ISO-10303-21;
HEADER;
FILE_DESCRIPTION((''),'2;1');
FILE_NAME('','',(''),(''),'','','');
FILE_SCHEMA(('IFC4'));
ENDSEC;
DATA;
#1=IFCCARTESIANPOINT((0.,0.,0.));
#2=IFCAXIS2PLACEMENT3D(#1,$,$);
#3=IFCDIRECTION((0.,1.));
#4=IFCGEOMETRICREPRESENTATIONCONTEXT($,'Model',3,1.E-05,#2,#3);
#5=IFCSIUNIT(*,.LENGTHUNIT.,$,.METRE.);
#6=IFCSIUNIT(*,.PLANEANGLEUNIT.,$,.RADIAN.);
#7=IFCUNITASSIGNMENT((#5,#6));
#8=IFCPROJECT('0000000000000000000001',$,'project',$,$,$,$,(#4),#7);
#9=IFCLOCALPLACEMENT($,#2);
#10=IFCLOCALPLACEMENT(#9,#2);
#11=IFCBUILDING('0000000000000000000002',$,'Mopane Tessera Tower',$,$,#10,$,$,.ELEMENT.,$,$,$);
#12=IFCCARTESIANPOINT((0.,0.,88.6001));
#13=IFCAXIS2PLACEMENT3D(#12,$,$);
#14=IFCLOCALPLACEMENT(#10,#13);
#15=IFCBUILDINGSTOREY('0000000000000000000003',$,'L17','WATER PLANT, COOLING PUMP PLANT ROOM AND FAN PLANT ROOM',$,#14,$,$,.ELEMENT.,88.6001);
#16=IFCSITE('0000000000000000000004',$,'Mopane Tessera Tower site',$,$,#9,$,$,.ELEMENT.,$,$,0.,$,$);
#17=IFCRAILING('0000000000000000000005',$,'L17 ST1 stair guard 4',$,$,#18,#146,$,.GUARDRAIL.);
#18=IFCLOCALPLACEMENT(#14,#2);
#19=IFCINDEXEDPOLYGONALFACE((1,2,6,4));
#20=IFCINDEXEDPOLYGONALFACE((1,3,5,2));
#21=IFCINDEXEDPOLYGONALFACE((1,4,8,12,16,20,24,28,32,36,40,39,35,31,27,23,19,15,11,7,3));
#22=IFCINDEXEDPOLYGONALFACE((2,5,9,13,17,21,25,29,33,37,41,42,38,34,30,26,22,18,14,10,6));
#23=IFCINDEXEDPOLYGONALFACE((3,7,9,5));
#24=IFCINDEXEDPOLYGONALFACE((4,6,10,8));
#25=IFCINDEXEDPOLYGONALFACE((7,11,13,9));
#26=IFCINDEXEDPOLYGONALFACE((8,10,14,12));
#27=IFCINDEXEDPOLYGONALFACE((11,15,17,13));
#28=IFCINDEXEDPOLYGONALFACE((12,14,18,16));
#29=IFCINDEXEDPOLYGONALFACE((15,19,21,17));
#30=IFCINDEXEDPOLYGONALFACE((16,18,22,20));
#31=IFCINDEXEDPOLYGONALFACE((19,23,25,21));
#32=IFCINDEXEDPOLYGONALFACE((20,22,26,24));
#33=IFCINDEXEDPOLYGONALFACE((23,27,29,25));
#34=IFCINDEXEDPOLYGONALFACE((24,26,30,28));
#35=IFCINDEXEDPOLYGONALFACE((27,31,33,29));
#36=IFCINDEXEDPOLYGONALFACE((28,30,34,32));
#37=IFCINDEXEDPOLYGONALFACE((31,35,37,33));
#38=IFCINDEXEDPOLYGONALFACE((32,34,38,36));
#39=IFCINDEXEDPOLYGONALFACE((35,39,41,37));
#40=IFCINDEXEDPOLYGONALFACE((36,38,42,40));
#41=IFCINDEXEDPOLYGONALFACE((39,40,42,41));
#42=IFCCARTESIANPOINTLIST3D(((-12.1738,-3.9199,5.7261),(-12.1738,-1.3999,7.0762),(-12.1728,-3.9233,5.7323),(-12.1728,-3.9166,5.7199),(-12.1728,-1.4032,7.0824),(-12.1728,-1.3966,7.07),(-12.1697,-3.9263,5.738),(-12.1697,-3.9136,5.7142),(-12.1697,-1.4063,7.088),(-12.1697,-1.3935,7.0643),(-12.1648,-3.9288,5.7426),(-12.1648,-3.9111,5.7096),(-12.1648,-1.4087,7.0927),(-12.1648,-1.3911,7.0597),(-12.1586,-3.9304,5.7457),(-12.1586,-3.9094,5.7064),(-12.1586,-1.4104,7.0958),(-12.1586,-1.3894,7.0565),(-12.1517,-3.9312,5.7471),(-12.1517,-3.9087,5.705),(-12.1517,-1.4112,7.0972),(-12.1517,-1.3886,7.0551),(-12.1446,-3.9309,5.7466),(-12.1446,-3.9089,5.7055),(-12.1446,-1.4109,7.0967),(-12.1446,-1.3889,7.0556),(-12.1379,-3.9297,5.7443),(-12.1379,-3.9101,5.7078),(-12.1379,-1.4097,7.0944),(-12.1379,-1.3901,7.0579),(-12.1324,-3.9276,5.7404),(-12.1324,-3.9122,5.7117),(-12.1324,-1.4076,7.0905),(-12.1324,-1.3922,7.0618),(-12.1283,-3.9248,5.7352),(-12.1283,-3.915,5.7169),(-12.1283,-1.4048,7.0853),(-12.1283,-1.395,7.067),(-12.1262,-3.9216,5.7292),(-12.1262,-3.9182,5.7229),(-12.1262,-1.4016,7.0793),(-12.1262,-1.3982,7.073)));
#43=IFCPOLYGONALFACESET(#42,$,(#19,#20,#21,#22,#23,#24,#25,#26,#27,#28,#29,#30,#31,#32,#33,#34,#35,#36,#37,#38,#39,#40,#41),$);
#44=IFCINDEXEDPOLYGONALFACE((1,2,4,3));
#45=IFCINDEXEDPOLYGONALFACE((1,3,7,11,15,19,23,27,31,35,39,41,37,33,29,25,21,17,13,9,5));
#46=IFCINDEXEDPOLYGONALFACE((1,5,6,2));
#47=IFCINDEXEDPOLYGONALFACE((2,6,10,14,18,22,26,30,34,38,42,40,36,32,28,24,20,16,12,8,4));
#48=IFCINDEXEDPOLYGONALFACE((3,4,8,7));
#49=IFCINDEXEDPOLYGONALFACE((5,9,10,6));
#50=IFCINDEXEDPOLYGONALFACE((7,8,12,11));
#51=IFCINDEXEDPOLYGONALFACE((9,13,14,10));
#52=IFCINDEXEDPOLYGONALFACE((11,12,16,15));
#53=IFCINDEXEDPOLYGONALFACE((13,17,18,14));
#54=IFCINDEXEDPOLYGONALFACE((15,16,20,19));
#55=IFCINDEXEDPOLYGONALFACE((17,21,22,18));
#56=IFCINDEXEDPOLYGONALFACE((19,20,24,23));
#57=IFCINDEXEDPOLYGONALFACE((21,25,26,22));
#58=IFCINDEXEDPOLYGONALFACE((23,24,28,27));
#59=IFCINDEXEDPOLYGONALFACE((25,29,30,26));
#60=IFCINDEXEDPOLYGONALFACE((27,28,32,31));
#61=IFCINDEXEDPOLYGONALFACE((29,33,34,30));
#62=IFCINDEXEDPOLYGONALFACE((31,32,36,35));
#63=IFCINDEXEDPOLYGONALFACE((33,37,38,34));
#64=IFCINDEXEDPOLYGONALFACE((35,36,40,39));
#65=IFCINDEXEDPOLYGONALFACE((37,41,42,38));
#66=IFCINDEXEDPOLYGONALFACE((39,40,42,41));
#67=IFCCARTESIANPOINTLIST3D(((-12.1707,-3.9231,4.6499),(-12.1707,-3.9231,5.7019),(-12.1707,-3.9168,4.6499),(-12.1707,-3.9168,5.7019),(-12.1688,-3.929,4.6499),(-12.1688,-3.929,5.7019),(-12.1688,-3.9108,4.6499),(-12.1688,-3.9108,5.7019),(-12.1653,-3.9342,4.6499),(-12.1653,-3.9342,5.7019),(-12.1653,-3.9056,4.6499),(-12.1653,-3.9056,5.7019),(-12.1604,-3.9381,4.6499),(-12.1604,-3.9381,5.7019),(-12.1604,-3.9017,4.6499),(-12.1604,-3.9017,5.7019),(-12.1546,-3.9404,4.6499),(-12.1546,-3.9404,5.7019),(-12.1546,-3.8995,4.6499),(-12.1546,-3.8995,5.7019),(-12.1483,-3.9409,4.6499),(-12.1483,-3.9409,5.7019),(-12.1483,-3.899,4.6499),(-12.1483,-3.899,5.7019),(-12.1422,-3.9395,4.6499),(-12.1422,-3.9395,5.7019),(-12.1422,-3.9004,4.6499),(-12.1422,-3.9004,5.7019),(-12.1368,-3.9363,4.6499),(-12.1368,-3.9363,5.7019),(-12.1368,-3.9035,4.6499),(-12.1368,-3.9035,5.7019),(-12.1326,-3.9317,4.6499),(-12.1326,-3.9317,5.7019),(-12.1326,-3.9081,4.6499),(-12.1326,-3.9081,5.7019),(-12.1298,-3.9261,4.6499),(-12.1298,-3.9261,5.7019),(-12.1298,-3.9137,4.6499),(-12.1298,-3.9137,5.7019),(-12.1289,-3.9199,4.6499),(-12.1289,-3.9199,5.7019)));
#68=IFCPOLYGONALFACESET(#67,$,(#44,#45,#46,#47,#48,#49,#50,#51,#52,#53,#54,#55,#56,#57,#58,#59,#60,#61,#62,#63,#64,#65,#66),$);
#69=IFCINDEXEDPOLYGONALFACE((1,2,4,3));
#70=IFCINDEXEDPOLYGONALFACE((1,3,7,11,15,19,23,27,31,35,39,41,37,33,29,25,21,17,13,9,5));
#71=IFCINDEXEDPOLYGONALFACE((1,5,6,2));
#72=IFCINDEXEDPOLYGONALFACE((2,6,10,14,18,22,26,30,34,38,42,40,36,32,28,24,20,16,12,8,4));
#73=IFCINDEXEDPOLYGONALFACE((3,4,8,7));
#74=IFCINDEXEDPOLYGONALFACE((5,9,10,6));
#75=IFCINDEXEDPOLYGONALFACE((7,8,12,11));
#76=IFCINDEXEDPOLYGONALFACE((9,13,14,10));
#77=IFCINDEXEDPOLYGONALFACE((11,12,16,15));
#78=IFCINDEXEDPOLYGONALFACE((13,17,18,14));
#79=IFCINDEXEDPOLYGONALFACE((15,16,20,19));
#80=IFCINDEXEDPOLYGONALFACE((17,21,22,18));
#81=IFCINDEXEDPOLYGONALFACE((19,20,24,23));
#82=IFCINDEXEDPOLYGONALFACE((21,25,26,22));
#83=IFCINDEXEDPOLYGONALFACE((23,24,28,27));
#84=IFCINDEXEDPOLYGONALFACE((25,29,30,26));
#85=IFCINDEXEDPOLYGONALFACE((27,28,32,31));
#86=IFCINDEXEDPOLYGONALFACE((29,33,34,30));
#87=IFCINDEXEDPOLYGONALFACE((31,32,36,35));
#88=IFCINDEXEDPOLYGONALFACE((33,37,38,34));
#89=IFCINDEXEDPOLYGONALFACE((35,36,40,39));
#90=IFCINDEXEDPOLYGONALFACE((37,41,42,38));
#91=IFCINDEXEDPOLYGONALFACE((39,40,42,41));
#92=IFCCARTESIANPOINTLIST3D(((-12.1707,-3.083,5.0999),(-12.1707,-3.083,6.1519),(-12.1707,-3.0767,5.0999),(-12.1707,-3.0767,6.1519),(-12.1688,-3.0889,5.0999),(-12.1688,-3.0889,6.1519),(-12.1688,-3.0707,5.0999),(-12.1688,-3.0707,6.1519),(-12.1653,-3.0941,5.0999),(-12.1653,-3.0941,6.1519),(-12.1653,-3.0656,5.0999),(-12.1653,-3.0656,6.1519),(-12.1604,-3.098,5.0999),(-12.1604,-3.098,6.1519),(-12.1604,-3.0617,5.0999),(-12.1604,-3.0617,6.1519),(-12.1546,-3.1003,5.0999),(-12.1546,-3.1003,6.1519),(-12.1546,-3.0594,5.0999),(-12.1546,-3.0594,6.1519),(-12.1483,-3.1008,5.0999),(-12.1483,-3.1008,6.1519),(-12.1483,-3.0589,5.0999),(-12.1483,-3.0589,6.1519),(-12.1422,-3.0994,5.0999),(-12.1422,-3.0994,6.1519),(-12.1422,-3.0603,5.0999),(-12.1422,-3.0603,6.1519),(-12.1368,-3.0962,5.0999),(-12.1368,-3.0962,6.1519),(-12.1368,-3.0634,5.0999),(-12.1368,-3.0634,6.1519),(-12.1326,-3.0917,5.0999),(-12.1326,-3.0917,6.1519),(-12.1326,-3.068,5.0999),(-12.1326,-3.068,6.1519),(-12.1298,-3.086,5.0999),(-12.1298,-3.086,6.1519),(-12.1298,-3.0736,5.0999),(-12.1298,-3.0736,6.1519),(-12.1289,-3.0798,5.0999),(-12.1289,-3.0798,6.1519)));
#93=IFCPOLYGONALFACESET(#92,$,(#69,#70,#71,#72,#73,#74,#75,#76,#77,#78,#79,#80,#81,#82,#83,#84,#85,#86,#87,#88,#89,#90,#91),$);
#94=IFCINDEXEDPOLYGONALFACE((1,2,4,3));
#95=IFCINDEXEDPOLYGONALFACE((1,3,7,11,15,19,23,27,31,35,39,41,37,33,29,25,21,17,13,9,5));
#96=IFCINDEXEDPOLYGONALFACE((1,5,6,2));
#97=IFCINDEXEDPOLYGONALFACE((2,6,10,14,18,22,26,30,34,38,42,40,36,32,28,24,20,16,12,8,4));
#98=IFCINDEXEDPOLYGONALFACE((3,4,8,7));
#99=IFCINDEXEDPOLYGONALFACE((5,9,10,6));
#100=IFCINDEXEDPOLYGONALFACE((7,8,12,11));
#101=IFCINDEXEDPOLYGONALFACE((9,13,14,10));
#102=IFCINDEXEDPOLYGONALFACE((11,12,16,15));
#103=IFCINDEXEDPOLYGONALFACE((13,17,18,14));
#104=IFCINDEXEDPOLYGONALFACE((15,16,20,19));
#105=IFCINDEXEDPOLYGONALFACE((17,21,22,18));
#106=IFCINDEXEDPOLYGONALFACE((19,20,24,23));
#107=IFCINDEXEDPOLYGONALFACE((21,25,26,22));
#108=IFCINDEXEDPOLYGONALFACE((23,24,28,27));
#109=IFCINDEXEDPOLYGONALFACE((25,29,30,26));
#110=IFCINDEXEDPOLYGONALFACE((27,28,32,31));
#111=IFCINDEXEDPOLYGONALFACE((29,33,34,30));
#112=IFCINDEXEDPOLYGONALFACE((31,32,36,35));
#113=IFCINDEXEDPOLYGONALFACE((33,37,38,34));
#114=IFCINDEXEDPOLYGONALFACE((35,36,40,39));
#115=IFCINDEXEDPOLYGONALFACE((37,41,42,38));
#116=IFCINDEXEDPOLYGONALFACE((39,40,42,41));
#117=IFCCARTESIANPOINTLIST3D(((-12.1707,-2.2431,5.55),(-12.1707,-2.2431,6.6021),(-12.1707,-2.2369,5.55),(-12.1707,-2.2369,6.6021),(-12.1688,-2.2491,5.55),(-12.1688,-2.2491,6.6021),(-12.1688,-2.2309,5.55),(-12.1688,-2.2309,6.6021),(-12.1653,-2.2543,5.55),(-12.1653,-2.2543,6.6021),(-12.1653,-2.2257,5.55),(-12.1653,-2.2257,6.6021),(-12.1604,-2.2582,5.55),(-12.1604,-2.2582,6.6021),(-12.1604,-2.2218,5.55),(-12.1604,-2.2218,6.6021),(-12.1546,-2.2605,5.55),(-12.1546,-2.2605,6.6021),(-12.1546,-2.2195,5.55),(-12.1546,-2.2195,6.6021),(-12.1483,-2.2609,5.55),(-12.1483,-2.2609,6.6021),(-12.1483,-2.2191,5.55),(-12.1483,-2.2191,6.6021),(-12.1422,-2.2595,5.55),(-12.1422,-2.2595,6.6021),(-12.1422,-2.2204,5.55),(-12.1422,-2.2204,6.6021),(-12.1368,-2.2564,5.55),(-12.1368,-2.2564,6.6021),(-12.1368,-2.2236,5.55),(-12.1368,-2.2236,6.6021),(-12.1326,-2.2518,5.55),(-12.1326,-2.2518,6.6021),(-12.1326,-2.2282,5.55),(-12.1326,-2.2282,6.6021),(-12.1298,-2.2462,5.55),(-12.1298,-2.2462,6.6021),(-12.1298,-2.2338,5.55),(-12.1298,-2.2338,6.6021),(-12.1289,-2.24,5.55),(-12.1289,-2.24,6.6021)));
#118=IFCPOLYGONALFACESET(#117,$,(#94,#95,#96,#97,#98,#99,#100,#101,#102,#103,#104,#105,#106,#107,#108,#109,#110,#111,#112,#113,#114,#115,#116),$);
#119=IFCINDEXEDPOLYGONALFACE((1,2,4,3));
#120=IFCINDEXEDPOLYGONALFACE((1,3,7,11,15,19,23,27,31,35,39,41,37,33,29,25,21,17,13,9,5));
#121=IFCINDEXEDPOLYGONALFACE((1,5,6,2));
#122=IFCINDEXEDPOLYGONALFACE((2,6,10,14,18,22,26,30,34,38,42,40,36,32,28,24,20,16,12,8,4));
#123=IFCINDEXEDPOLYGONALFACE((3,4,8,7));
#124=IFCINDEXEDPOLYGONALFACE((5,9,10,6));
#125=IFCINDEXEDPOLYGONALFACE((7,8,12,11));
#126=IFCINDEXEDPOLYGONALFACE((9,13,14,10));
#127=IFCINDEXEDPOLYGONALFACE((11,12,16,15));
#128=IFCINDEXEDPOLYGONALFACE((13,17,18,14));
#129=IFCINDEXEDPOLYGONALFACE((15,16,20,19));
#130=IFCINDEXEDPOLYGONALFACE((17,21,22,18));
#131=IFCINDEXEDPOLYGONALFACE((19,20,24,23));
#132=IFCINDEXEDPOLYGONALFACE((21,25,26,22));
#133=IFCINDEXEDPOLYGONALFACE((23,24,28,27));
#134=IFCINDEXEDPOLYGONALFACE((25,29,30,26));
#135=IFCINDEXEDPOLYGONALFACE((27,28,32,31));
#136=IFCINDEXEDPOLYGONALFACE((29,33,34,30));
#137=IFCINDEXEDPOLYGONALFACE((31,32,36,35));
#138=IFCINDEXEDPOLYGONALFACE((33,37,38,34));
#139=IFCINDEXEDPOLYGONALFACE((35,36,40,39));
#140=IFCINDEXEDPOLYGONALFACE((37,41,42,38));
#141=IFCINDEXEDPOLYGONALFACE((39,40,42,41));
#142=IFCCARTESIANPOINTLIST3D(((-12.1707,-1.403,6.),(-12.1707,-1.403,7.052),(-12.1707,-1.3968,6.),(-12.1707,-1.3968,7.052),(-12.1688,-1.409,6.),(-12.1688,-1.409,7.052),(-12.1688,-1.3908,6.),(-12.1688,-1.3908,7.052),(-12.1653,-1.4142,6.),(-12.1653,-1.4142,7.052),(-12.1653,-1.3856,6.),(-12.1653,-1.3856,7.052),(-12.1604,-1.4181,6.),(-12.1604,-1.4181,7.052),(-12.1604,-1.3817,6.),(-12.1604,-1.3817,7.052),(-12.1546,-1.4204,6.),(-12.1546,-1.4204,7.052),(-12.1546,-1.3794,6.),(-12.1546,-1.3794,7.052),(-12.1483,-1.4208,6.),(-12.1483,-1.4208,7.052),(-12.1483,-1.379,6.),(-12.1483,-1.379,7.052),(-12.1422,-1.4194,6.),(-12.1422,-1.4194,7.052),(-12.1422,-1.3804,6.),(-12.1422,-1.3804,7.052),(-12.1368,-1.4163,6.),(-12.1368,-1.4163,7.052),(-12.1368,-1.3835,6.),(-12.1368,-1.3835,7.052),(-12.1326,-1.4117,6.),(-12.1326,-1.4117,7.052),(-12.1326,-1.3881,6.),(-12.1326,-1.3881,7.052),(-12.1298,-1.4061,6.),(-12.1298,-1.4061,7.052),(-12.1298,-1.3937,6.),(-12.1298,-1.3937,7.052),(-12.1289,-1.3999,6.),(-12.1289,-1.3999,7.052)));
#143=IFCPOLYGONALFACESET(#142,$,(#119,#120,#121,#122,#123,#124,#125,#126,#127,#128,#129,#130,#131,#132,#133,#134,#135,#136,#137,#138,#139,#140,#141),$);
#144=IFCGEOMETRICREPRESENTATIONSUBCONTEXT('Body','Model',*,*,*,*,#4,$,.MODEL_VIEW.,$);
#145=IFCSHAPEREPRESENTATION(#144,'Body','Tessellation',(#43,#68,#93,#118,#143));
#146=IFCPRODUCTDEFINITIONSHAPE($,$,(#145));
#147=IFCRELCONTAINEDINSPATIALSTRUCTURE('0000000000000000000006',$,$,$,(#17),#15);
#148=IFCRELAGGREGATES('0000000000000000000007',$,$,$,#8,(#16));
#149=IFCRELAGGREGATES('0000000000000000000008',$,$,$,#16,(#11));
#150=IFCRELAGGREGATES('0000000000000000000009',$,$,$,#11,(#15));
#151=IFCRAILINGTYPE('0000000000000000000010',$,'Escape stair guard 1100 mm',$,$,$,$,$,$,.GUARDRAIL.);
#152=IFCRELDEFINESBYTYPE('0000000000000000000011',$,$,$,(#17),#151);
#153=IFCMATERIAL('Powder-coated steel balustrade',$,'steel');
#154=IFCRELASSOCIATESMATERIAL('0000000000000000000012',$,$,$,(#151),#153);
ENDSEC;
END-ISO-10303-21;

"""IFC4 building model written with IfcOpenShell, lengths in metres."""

from ifc_helpers import new_model, si_unit, direction, frame, origin, origin_2d, place, context, subcontext, project, spatial, circle, extrude, material, type_object, element, save


model = new_model("IFC4")

# Units and contexts
model_context = context("Model", 3, precision=1e-05, world=origin(), true_north=direction((0.0, 1.0)))
body_context = subcontext(model_context, "Body", "Model", "MODEL_VIEW")
ifc_project = project(units=[si_unit("LENGTHUNIT", "METRE"), si_unit("PLANEANGLEUNIT", "RADIAN")], contexts=[model_context])

# Site, building, storey
site_placement = place(None, origin())
site = spatial("IfcSite", under=ifc_project, at=site_placement, Name="Mopane Tessera Tower site", CompositionType="ELEMENT", RefElevation=0.0)
building_placement = place(site_placement, origin())
building = spatial("IfcBuilding", under=site, at=building_placement, Name="Mopane Tessera Tower", CompositionType="ELEMENT")
storey_placement = place(building_placement, frame((0.0, 0.0, 88.6001)))
storey = spatial("IfcBuildingStorey", under=building, at=storey_placement, Name="L17", Description="WATER PLANT, COOLING PUMP PLANT ROOM AND FAN PLANT ROOM", CompositionType="ELEMENT", Elevation=88.6001)

# Railing
ifc_material_1 = material(Name="Powder-coated steel balustrade", Category="steel")
railing_type_1 = type_object("IfcRailingType", Name="Escape stair guard 1100 mm", PredefinedType="GUARDRAIL", material=ifc_material_1)
railing_1_placement = place(storey_placement, frame((-12.1499, -3.9199, 4.6499)))
element("IfcRailing", 1, at=railing_1_placement, inside=storey, type_object=railing_type_1, Name="L17 ST1 stair guard 4", PredefinedType="GUARDRAIL", context=body_context, shape_type="SweptSolid", body=[
    extrude(circle(Radius=0.0239, at=origin_2d()), frame((0.0, 0.0, 1.0762), z_axis=(0.0, 0.881467, 0.472245), x_axis=(-1.0, 0.0, 0.0)), (0.0, 0.0, 1.0), 2.8589),
    extrude(circle(Radius=0.021, at=origin_2d()), origin(), (0.0, 0.0, 1.0), 1.052),
    extrude(circle(Radius=0.021, at=origin_2d()), frame((0.0, 0.8401, 0.45)), (0.0, 0.0, 1.0), 1.052),
    extrude(circle(Radius=0.021, at=origin_2d()), frame((0.0, 1.6799, 0.9001)), (0.0, 0.0, 1.0), 1.052),
    extrude(circle(Radius=0.021, at=origin_2d()), frame((0.0, 2.52, 1.3501)), (0.0, 0.0, 1.0), 1.052),
])

save(model, "model.ifc")
